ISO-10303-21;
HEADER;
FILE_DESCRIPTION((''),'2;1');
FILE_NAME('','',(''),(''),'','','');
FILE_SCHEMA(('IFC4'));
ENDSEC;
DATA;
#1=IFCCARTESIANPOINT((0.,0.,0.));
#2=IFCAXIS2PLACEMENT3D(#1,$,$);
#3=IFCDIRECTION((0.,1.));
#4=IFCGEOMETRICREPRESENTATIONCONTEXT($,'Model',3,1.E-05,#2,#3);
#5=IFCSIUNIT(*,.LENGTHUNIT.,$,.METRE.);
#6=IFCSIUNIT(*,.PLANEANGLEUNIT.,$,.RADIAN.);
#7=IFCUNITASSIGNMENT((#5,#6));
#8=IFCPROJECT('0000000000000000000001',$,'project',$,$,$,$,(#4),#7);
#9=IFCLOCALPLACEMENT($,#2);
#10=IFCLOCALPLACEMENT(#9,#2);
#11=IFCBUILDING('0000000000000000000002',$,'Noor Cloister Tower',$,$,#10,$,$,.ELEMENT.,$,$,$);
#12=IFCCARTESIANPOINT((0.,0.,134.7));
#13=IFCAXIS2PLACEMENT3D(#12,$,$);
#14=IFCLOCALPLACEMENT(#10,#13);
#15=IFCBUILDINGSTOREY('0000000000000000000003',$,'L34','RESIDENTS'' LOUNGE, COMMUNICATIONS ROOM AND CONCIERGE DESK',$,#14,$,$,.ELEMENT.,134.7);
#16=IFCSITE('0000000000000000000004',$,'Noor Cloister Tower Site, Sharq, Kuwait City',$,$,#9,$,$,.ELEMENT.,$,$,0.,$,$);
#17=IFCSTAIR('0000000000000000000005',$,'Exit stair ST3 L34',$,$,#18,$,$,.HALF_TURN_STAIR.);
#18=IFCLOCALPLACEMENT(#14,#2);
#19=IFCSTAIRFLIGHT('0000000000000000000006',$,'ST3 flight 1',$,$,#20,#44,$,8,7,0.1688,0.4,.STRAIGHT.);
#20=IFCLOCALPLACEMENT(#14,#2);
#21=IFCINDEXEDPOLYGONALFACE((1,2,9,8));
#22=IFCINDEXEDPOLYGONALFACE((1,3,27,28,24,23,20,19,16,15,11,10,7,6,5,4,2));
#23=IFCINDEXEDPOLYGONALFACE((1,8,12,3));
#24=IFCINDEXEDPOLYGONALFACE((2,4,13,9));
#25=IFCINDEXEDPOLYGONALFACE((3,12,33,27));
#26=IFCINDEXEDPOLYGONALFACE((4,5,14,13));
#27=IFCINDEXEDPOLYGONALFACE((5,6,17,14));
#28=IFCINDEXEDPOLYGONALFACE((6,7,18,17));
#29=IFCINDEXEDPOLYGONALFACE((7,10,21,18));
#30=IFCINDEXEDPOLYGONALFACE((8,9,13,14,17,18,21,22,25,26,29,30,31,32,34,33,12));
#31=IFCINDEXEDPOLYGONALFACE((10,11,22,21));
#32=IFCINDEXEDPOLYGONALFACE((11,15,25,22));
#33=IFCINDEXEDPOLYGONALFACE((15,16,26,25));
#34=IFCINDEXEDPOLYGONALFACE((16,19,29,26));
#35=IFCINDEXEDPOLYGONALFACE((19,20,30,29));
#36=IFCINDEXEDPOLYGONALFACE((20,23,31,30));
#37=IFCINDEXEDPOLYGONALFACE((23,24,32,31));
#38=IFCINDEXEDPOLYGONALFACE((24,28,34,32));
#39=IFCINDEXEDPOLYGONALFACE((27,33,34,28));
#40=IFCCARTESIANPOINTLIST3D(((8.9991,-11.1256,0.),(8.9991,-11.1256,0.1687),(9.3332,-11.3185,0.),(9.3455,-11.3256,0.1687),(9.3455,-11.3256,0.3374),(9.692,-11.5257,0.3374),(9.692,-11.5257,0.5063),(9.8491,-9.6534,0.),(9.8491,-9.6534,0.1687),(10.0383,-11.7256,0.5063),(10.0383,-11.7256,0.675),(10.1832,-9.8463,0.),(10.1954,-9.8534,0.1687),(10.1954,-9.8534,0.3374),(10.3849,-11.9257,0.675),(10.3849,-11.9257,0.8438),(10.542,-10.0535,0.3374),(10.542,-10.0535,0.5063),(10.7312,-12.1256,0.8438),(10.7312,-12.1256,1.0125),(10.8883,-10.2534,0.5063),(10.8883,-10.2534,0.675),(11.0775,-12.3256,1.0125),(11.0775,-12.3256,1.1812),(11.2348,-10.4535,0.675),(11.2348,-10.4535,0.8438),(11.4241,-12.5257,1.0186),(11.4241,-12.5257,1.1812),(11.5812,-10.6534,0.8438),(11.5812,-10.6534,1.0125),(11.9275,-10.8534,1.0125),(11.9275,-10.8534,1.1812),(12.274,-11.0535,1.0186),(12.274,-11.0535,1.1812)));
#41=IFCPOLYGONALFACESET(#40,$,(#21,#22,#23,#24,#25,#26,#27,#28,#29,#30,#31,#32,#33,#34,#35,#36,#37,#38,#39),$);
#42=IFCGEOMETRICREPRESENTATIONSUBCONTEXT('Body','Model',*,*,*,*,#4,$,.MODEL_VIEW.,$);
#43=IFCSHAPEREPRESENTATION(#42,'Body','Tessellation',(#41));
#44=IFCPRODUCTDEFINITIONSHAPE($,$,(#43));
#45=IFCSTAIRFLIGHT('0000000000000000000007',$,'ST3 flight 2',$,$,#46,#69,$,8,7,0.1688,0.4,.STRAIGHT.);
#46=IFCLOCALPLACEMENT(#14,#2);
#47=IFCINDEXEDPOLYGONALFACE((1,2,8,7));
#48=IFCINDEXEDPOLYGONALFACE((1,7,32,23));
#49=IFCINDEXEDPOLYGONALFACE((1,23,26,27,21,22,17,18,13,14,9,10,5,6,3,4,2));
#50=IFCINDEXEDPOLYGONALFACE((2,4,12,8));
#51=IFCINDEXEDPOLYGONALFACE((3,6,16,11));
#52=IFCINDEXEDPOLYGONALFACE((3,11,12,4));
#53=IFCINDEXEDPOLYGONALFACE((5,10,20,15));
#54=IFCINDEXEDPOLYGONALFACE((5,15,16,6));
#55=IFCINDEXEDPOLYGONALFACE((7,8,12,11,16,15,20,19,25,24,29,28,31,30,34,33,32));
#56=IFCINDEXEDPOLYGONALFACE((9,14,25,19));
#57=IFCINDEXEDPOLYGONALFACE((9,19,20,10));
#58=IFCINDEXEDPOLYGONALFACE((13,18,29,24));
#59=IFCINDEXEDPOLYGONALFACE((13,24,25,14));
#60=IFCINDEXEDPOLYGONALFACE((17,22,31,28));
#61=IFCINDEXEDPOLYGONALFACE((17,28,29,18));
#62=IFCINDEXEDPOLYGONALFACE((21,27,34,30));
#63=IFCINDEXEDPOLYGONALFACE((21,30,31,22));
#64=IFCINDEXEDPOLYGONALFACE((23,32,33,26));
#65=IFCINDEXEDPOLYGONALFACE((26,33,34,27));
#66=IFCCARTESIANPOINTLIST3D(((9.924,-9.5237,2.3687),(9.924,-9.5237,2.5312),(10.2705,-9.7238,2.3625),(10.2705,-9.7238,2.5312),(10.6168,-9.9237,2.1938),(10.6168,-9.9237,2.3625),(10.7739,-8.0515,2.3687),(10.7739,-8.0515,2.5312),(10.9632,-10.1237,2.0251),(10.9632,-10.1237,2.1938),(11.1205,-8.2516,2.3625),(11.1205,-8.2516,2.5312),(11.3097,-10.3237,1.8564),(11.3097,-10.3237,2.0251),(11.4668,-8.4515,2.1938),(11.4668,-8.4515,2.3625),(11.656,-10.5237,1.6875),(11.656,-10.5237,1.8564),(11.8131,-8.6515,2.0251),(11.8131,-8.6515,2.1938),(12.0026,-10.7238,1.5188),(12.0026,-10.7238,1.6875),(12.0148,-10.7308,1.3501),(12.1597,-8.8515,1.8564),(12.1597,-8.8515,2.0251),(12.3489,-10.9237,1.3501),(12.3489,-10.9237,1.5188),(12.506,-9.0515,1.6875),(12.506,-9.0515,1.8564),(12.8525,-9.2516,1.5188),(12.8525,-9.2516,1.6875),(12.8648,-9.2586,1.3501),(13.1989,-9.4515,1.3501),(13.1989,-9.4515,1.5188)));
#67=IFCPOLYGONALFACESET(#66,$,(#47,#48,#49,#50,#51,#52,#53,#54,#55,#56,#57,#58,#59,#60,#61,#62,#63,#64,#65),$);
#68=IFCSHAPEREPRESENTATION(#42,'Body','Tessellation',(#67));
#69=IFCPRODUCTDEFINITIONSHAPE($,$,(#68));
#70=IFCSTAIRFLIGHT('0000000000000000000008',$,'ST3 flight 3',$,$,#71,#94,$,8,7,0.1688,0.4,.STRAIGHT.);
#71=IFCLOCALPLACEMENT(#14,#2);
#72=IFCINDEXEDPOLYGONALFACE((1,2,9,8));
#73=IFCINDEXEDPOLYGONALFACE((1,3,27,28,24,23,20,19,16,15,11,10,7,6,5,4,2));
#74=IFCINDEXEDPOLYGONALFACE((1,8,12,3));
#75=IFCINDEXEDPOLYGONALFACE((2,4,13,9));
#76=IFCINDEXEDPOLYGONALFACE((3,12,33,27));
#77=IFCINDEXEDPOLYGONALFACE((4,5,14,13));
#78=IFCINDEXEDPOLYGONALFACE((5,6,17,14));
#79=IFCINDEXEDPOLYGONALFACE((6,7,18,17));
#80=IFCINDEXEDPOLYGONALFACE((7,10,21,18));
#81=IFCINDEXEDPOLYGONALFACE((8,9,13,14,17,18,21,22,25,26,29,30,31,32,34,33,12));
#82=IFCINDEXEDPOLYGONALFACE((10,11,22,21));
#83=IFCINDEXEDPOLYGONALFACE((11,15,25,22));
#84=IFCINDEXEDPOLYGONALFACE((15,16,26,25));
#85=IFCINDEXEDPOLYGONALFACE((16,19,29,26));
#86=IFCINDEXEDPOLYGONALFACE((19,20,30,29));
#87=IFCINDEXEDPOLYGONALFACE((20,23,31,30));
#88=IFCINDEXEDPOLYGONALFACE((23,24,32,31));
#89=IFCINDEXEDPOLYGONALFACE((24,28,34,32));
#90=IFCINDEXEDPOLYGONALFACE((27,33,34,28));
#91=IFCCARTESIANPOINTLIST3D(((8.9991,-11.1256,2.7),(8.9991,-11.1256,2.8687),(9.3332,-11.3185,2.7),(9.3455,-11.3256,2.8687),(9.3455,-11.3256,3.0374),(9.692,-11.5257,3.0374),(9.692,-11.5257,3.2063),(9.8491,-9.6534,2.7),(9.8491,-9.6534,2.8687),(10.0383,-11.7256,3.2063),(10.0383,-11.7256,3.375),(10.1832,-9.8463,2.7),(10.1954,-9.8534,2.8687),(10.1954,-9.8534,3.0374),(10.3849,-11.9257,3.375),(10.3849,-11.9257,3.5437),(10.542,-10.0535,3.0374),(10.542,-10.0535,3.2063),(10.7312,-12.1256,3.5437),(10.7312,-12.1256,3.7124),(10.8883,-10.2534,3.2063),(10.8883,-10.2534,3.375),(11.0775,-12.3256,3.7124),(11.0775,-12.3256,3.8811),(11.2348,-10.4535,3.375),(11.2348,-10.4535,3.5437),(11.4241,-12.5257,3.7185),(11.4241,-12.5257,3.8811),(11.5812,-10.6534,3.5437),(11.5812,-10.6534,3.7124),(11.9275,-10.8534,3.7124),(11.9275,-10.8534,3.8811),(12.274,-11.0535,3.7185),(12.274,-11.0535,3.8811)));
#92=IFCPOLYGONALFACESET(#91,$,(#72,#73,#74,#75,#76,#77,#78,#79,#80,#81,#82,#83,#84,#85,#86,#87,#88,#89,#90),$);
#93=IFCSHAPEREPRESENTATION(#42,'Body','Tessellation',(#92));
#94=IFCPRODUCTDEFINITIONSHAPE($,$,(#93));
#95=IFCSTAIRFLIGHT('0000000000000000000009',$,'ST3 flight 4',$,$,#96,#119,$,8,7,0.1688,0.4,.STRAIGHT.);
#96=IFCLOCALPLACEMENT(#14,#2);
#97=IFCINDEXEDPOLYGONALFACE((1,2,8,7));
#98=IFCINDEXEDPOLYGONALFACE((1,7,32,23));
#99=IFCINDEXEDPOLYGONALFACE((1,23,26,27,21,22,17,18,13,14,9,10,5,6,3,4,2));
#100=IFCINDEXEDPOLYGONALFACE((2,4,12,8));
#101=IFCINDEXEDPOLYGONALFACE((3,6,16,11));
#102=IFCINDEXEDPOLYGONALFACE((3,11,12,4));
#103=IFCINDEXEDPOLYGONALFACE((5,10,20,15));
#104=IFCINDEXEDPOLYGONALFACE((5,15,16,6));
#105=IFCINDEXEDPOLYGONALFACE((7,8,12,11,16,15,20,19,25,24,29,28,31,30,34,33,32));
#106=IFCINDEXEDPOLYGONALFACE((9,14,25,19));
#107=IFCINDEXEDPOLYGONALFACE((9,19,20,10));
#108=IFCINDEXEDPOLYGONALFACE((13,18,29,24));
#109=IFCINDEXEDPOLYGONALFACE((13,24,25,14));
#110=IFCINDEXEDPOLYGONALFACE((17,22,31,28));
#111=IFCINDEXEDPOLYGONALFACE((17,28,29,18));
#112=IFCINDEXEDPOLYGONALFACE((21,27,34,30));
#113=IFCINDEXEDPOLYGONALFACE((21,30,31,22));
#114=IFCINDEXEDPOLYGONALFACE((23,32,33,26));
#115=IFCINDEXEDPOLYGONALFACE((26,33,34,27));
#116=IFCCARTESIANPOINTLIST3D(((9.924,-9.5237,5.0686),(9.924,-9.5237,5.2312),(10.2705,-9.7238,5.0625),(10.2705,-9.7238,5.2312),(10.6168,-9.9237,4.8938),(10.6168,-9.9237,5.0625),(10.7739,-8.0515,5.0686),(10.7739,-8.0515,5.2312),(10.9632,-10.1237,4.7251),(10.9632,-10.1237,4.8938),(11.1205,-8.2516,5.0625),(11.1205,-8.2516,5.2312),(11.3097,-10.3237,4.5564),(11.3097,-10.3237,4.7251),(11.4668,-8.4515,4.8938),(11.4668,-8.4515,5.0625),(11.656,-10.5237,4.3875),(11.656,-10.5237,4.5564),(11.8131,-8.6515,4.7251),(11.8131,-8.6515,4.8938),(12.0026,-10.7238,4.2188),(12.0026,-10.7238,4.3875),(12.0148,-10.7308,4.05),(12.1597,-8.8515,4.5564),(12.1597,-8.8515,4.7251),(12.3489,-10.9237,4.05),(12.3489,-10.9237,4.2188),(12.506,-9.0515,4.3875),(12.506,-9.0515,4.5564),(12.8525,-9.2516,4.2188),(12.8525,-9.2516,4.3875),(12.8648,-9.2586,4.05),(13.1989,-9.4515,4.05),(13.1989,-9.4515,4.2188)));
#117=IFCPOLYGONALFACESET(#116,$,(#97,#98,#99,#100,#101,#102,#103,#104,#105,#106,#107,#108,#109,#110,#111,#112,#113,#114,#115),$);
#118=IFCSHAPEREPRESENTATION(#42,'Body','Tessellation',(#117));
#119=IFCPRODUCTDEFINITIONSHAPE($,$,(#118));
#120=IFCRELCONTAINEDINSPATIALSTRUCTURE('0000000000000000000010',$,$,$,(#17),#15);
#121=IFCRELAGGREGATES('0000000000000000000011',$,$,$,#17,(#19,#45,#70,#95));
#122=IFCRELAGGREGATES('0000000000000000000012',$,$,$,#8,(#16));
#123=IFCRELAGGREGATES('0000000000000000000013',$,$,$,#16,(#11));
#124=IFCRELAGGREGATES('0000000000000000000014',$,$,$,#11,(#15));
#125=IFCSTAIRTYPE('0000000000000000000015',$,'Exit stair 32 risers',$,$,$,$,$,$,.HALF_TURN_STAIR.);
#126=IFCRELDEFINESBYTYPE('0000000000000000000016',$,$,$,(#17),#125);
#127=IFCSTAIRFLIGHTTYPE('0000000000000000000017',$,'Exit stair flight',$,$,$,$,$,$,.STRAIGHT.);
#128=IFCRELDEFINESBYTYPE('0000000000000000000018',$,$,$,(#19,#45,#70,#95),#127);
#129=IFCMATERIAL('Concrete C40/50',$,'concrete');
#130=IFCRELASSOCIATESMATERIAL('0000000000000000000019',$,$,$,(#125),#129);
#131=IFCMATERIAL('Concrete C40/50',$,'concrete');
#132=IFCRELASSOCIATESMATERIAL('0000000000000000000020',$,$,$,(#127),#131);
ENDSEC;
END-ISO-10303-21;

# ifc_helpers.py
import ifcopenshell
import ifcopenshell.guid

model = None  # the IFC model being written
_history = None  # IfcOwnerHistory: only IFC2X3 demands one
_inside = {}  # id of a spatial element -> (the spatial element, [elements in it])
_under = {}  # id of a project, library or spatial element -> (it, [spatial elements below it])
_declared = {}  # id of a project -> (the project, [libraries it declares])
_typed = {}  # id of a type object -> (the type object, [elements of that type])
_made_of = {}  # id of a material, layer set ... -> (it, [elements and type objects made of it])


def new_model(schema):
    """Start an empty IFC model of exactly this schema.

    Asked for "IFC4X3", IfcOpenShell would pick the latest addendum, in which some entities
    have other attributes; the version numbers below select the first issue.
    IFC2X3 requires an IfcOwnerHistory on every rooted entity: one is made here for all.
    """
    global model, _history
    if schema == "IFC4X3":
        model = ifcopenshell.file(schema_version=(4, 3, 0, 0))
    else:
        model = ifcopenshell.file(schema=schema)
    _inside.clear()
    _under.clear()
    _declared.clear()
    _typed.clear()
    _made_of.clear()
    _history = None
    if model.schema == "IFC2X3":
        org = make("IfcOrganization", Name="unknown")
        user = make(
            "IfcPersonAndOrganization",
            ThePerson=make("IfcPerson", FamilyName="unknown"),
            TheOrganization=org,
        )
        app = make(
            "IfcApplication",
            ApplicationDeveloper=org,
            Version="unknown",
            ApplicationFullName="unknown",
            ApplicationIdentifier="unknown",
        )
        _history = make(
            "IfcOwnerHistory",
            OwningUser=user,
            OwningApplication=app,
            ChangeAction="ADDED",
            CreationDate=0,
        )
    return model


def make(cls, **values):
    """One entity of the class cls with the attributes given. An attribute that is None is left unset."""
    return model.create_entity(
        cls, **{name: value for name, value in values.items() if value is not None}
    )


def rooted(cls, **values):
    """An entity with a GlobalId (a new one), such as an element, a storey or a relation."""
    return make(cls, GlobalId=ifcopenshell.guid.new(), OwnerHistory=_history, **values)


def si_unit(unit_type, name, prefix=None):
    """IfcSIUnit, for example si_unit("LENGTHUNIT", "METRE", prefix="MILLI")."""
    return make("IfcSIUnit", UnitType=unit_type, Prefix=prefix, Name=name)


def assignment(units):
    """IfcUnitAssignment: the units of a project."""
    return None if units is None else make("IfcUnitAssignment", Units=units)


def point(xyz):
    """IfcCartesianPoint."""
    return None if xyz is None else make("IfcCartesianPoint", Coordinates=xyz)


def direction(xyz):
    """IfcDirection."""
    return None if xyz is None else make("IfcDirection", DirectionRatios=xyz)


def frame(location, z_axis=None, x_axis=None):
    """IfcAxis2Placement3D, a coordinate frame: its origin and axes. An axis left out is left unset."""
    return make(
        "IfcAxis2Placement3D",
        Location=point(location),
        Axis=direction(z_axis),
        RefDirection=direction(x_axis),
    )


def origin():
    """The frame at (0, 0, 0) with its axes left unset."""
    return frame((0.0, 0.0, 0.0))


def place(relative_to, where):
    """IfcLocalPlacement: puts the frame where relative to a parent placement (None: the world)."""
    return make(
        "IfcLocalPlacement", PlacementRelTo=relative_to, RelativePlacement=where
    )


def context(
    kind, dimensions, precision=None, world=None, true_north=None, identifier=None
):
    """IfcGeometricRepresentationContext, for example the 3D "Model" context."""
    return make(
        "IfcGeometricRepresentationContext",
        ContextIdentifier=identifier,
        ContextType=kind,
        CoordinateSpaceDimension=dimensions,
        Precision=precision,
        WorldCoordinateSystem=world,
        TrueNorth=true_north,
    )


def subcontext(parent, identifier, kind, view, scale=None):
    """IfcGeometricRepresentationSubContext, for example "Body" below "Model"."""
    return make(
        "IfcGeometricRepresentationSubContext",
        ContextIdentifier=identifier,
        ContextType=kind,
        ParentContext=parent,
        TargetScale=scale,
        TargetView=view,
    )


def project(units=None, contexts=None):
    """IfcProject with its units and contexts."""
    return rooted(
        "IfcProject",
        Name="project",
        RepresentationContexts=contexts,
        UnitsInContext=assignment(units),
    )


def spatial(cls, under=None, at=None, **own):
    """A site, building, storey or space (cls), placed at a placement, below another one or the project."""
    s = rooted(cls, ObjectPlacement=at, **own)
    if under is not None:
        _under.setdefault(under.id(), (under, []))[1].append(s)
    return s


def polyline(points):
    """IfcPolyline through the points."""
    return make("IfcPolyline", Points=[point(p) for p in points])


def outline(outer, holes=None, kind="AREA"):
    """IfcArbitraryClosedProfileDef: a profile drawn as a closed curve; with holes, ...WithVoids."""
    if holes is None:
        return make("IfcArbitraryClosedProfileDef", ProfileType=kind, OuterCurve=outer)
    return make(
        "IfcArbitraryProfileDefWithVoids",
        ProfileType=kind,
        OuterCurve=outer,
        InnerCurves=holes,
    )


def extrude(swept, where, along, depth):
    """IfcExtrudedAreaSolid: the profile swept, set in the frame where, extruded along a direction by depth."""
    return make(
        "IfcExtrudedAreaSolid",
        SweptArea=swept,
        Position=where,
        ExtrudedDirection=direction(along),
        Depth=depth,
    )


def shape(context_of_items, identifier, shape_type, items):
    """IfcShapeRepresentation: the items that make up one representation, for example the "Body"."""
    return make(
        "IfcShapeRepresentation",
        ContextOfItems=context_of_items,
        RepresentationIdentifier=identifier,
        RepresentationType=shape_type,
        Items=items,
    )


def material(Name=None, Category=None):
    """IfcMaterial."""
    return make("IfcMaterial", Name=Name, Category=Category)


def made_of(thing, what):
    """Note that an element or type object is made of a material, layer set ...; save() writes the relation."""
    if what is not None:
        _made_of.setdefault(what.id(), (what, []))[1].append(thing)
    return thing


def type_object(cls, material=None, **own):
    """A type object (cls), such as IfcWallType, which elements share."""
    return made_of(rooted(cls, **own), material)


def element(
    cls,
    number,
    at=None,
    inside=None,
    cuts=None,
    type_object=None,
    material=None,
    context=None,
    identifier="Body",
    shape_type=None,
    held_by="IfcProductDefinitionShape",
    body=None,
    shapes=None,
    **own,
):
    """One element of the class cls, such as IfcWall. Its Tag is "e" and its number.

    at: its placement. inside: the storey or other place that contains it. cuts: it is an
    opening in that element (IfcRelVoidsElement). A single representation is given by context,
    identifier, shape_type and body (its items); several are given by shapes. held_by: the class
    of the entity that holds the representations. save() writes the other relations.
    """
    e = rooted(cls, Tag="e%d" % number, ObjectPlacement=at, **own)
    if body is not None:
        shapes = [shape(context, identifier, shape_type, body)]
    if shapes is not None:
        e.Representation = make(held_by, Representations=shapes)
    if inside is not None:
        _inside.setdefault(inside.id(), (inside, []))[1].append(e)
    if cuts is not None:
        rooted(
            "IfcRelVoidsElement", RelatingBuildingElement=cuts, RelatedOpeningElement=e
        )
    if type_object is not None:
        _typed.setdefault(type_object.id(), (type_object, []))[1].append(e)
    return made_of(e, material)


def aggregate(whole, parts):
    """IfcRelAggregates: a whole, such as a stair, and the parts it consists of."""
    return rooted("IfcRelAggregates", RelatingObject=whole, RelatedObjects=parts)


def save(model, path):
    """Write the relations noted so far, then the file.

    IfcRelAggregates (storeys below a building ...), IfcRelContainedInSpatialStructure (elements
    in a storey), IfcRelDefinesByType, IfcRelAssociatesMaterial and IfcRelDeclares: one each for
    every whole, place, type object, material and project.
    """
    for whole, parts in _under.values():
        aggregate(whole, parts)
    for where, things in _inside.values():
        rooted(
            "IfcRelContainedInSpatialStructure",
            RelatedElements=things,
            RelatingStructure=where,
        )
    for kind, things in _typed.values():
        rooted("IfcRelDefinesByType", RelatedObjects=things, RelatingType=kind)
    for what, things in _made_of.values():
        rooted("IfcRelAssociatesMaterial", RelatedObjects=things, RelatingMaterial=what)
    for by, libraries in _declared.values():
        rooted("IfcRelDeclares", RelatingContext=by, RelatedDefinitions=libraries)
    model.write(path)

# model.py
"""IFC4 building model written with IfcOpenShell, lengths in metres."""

from ifc_helpers import new_model, si_unit, direction, frame, origin, place, context, subcontext, project, spatial, polyline, outline, extrude, material, type_object, element, aggregate, save


model = new_model("IFC4")

# Units and contexts
model_context = context("Model", 3, precision=1e-05, world=origin(), true_north=direction((0.0, 1.0)))
body_context = subcontext(model_context, "Body", "Model", "MODEL_VIEW")
ifc_project = project(units=[si_unit("LENGTHUNIT", "METRE"), si_unit("PLANEANGLEUNIT", "RADIAN")], contexts=[model_context])

# Site, building, storey
site_placement = place(None, origin())
site = spatial("IfcSite", under=ifc_project, at=site_placement, Name="Noor Cloister Tower Site, Sharq, Kuwait City", CompositionType="ELEMENT", RefElevation=0.0)
building_placement = place(site_placement, origin())
building = spatial("IfcBuilding", under=site, at=building_placement, Name="Noor Cloister Tower", CompositionType="ELEMENT")
storey_placement = place(building_placement, frame((0.0, 0.0, 134.7)))
storey = spatial("IfcBuildingStorey", under=building, at=storey_placement, Name="L34", Description="RESIDENTS' LOUNGE, COMMUNICATIONS ROOM AND CONCIERGE DESK", CompositionType="ELEMENT", Elevation=134.7)

# Stair, stair flights
ifc_material_1 = material(Name="Concrete C40/50", Category="concrete")
stair_type = type_object("IfcStairType", Name="Exit stair 32 risers", PredefinedType="HALF_TURN_STAIR", material=ifc_material_1)
stair_placement = place(storey_placement, origin())
stair = element("IfcStair", 1, at=stair_placement, inside=storey, type_object=stair_type, Name="Exit stair ST3 L34", PredefinedType="HALF_TURN_STAIR")
ifc_material_2 = material(Name="Concrete C40/50", Category="concrete")
stair_flight_type = type_object("IfcStairFlightType", Name="Exit stair flight", PredefinedType="STRAIGHT", material=ifc_material_2)
stair_flight_1_placement = place(storey_placement, frame((9.4241, -10.3896, 0.0), z_axis=(0.0, 0.0, 1.0), x_axis=(0.866025, -0.5, 0.0)))
stair_flight_1 = element("IfcStairFlight", 2, at=stair_flight_1_placement, type_object=stair_flight_type, Name="ST3 flight 1", NumberOfRisers=8, NumberOfTreads=7, PredefinedType="STRAIGHT", RiserHeight=0.1688, TreadLength=0.4, context=body_context, shape_type="SweptSolid", body=[
    extrude(outline(polyline([(0.0, 0.0), (0.0, 0.1687), (0.3999, 0.1687), (0.3999, 0.3374), (0.8, 0.3374), (0.8, 0.5063), (1.2, 0.5063), (1.2, 0.675), (1.6001, 0.675), (1.6001, 0.8438), (2.0, 0.8438), (2.0, 1.0125), (2.3999, 1.0125), (2.3999, 1.1812), (2.8, 1.1812), (2.8, 1.3501), (2.8, 1.0186), (0.3857, 0.0), (0.0, 0.0)])), frame((0.0, 0.8501, 0.0), z_axis=(0.0, -1.0, 0.0), x_axis=(1.0, 0.0, 0.0)), (0.0, 0.0, 1.0), 1.7),
])
stair_flight_2_placement = place(storey_placement, frame((12.7739, -10.1875, 1.3501), z_axis=(0.0, 0.0, 1.0), x_axis=(-0.866025, 0.5, 0.0)))
stair_flight_2 = element("IfcStairFlight", 3, at=stair_flight_2_placement, type_object=stair_flight_type, Name="ST3 flight 2", NumberOfRisers=8, NumberOfTreads=7, PredefinedType="STRAIGHT", RiserHeight=0.1688, TreadLength=0.4, context=body_context, shape_type="SweptSolid", body=[
    extrude(outline(polyline([(0.0, 0.0), (0.0, 0.1687), (0.3999, 0.1687), (0.3999, 0.3374), (0.8, 0.3374), (0.8, 0.5063), (1.2, 0.5063), (1.2, 0.675), (1.6001, 0.675), (1.6001, 0.8438), (2.0, 0.8438), (2.0, 1.0125), (2.3999, 1.0125), (2.3999, 1.1812), (2.8, 1.1812), (2.8, 1.3501), (2.8, 1.0186), (0.3857, 0.0), (0.0, 0.0)])), frame((0.0, 0.8501, 0.0), z_axis=(0.0, -1.0, 0.0), x_axis=(1.0, 0.0, 0.0)), (0.0, 0.0, 1.0), 1.7),
])
stair_flight_3_placement = place(storey_placement, frame((9.4241, -10.3896, 2.7), z_axis=(0.0, 0.0, 1.0), x_axis=(0.866025, -0.5, 0.0)))
stair_flight_3 = element("IfcStairFlight", 4, at=stair_flight_3_placement, type_object=stair_flight_type, Name="ST3 flight 3", NumberOfRisers=8, NumberOfTreads=7, PredefinedType="STRAIGHT", RiserHeight=0.1688, TreadLength=0.4, context=body_context, shape_type="SweptSolid", body=[
    extrude(outline(polyline([(0.0, 0.0), (0.0, 0.1687), (0.3999, 0.1687), (0.3999, 0.3374), (0.8, 0.3374), (0.8, 0.5063), (1.2, 0.5063), (1.2, 0.675), (1.6001, 0.675), (1.6001, 0.8438), (2.0, 0.8438), (2.0, 1.0125), (2.3999, 1.0125), (2.3999, 1.1812), (2.8, 1.1812), (2.8, 1.3501), (2.8, 1.0186), (0.3857, 0.0), (0.0, 0.0)])), frame((0.0, 0.8501, 0.0), z_axis=(0.0, -1.0, 0.0), x_axis=(1.0, 0.0, 0.0)), (0.0, 0.0, 1.0), 1.7),
])
stair_flight_4_placement = place(storey_placement, frame((12.7739, -10.1875, 4.05), z_axis=(0.0, 0.0, 1.0), x_axis=(-0.866025, 0.5, 0.0)))
stair_flight_4 = element("IfcStairFlight", 5, at=stair_flight_4_placement, type_object=stair_flight_type, Name="ST3 flight 4", NumberOfRisers=8, NumberOfTreads=7, PredefinedType="STRAIGHT", RiserHeight=0.1688, TreadLength=0.4, context=body_context, shape_type="SweptSolid", body=[
    extrude(outline(polyline([(0.0, 0.0), (0.0, 0.1687), (0.3999, 0.1687), (0.3999, 0.3374), (0.8, 0.3374), (0.8, 0.5063), (1.2, 0.5063), (1.2, 0.675), (1.6001, 0.675), (1.6001, 0.8438), (2.0, 0.8438), (2.0, 1.0125), (2.3999, 1.0125), (2.3999, 1.1812), (2.8, 1.1812), (2.8, 1.3501), (2.8, 1.0186), (0.3857, 0.0), (0.0, 0.0)])), frame((0.0, 0.8501, 0.0), z_axis=(0.0, -1.0, 0.0), x_axis=(1.0, 0.0, 0.0)), (0.0, 0.0, 1.0), 1.7),
])
aggregate(stair, [stair_flight_1, stair_flight_2, stair_flight_3, stair_flight_4])

save(model, "model.ifc")
